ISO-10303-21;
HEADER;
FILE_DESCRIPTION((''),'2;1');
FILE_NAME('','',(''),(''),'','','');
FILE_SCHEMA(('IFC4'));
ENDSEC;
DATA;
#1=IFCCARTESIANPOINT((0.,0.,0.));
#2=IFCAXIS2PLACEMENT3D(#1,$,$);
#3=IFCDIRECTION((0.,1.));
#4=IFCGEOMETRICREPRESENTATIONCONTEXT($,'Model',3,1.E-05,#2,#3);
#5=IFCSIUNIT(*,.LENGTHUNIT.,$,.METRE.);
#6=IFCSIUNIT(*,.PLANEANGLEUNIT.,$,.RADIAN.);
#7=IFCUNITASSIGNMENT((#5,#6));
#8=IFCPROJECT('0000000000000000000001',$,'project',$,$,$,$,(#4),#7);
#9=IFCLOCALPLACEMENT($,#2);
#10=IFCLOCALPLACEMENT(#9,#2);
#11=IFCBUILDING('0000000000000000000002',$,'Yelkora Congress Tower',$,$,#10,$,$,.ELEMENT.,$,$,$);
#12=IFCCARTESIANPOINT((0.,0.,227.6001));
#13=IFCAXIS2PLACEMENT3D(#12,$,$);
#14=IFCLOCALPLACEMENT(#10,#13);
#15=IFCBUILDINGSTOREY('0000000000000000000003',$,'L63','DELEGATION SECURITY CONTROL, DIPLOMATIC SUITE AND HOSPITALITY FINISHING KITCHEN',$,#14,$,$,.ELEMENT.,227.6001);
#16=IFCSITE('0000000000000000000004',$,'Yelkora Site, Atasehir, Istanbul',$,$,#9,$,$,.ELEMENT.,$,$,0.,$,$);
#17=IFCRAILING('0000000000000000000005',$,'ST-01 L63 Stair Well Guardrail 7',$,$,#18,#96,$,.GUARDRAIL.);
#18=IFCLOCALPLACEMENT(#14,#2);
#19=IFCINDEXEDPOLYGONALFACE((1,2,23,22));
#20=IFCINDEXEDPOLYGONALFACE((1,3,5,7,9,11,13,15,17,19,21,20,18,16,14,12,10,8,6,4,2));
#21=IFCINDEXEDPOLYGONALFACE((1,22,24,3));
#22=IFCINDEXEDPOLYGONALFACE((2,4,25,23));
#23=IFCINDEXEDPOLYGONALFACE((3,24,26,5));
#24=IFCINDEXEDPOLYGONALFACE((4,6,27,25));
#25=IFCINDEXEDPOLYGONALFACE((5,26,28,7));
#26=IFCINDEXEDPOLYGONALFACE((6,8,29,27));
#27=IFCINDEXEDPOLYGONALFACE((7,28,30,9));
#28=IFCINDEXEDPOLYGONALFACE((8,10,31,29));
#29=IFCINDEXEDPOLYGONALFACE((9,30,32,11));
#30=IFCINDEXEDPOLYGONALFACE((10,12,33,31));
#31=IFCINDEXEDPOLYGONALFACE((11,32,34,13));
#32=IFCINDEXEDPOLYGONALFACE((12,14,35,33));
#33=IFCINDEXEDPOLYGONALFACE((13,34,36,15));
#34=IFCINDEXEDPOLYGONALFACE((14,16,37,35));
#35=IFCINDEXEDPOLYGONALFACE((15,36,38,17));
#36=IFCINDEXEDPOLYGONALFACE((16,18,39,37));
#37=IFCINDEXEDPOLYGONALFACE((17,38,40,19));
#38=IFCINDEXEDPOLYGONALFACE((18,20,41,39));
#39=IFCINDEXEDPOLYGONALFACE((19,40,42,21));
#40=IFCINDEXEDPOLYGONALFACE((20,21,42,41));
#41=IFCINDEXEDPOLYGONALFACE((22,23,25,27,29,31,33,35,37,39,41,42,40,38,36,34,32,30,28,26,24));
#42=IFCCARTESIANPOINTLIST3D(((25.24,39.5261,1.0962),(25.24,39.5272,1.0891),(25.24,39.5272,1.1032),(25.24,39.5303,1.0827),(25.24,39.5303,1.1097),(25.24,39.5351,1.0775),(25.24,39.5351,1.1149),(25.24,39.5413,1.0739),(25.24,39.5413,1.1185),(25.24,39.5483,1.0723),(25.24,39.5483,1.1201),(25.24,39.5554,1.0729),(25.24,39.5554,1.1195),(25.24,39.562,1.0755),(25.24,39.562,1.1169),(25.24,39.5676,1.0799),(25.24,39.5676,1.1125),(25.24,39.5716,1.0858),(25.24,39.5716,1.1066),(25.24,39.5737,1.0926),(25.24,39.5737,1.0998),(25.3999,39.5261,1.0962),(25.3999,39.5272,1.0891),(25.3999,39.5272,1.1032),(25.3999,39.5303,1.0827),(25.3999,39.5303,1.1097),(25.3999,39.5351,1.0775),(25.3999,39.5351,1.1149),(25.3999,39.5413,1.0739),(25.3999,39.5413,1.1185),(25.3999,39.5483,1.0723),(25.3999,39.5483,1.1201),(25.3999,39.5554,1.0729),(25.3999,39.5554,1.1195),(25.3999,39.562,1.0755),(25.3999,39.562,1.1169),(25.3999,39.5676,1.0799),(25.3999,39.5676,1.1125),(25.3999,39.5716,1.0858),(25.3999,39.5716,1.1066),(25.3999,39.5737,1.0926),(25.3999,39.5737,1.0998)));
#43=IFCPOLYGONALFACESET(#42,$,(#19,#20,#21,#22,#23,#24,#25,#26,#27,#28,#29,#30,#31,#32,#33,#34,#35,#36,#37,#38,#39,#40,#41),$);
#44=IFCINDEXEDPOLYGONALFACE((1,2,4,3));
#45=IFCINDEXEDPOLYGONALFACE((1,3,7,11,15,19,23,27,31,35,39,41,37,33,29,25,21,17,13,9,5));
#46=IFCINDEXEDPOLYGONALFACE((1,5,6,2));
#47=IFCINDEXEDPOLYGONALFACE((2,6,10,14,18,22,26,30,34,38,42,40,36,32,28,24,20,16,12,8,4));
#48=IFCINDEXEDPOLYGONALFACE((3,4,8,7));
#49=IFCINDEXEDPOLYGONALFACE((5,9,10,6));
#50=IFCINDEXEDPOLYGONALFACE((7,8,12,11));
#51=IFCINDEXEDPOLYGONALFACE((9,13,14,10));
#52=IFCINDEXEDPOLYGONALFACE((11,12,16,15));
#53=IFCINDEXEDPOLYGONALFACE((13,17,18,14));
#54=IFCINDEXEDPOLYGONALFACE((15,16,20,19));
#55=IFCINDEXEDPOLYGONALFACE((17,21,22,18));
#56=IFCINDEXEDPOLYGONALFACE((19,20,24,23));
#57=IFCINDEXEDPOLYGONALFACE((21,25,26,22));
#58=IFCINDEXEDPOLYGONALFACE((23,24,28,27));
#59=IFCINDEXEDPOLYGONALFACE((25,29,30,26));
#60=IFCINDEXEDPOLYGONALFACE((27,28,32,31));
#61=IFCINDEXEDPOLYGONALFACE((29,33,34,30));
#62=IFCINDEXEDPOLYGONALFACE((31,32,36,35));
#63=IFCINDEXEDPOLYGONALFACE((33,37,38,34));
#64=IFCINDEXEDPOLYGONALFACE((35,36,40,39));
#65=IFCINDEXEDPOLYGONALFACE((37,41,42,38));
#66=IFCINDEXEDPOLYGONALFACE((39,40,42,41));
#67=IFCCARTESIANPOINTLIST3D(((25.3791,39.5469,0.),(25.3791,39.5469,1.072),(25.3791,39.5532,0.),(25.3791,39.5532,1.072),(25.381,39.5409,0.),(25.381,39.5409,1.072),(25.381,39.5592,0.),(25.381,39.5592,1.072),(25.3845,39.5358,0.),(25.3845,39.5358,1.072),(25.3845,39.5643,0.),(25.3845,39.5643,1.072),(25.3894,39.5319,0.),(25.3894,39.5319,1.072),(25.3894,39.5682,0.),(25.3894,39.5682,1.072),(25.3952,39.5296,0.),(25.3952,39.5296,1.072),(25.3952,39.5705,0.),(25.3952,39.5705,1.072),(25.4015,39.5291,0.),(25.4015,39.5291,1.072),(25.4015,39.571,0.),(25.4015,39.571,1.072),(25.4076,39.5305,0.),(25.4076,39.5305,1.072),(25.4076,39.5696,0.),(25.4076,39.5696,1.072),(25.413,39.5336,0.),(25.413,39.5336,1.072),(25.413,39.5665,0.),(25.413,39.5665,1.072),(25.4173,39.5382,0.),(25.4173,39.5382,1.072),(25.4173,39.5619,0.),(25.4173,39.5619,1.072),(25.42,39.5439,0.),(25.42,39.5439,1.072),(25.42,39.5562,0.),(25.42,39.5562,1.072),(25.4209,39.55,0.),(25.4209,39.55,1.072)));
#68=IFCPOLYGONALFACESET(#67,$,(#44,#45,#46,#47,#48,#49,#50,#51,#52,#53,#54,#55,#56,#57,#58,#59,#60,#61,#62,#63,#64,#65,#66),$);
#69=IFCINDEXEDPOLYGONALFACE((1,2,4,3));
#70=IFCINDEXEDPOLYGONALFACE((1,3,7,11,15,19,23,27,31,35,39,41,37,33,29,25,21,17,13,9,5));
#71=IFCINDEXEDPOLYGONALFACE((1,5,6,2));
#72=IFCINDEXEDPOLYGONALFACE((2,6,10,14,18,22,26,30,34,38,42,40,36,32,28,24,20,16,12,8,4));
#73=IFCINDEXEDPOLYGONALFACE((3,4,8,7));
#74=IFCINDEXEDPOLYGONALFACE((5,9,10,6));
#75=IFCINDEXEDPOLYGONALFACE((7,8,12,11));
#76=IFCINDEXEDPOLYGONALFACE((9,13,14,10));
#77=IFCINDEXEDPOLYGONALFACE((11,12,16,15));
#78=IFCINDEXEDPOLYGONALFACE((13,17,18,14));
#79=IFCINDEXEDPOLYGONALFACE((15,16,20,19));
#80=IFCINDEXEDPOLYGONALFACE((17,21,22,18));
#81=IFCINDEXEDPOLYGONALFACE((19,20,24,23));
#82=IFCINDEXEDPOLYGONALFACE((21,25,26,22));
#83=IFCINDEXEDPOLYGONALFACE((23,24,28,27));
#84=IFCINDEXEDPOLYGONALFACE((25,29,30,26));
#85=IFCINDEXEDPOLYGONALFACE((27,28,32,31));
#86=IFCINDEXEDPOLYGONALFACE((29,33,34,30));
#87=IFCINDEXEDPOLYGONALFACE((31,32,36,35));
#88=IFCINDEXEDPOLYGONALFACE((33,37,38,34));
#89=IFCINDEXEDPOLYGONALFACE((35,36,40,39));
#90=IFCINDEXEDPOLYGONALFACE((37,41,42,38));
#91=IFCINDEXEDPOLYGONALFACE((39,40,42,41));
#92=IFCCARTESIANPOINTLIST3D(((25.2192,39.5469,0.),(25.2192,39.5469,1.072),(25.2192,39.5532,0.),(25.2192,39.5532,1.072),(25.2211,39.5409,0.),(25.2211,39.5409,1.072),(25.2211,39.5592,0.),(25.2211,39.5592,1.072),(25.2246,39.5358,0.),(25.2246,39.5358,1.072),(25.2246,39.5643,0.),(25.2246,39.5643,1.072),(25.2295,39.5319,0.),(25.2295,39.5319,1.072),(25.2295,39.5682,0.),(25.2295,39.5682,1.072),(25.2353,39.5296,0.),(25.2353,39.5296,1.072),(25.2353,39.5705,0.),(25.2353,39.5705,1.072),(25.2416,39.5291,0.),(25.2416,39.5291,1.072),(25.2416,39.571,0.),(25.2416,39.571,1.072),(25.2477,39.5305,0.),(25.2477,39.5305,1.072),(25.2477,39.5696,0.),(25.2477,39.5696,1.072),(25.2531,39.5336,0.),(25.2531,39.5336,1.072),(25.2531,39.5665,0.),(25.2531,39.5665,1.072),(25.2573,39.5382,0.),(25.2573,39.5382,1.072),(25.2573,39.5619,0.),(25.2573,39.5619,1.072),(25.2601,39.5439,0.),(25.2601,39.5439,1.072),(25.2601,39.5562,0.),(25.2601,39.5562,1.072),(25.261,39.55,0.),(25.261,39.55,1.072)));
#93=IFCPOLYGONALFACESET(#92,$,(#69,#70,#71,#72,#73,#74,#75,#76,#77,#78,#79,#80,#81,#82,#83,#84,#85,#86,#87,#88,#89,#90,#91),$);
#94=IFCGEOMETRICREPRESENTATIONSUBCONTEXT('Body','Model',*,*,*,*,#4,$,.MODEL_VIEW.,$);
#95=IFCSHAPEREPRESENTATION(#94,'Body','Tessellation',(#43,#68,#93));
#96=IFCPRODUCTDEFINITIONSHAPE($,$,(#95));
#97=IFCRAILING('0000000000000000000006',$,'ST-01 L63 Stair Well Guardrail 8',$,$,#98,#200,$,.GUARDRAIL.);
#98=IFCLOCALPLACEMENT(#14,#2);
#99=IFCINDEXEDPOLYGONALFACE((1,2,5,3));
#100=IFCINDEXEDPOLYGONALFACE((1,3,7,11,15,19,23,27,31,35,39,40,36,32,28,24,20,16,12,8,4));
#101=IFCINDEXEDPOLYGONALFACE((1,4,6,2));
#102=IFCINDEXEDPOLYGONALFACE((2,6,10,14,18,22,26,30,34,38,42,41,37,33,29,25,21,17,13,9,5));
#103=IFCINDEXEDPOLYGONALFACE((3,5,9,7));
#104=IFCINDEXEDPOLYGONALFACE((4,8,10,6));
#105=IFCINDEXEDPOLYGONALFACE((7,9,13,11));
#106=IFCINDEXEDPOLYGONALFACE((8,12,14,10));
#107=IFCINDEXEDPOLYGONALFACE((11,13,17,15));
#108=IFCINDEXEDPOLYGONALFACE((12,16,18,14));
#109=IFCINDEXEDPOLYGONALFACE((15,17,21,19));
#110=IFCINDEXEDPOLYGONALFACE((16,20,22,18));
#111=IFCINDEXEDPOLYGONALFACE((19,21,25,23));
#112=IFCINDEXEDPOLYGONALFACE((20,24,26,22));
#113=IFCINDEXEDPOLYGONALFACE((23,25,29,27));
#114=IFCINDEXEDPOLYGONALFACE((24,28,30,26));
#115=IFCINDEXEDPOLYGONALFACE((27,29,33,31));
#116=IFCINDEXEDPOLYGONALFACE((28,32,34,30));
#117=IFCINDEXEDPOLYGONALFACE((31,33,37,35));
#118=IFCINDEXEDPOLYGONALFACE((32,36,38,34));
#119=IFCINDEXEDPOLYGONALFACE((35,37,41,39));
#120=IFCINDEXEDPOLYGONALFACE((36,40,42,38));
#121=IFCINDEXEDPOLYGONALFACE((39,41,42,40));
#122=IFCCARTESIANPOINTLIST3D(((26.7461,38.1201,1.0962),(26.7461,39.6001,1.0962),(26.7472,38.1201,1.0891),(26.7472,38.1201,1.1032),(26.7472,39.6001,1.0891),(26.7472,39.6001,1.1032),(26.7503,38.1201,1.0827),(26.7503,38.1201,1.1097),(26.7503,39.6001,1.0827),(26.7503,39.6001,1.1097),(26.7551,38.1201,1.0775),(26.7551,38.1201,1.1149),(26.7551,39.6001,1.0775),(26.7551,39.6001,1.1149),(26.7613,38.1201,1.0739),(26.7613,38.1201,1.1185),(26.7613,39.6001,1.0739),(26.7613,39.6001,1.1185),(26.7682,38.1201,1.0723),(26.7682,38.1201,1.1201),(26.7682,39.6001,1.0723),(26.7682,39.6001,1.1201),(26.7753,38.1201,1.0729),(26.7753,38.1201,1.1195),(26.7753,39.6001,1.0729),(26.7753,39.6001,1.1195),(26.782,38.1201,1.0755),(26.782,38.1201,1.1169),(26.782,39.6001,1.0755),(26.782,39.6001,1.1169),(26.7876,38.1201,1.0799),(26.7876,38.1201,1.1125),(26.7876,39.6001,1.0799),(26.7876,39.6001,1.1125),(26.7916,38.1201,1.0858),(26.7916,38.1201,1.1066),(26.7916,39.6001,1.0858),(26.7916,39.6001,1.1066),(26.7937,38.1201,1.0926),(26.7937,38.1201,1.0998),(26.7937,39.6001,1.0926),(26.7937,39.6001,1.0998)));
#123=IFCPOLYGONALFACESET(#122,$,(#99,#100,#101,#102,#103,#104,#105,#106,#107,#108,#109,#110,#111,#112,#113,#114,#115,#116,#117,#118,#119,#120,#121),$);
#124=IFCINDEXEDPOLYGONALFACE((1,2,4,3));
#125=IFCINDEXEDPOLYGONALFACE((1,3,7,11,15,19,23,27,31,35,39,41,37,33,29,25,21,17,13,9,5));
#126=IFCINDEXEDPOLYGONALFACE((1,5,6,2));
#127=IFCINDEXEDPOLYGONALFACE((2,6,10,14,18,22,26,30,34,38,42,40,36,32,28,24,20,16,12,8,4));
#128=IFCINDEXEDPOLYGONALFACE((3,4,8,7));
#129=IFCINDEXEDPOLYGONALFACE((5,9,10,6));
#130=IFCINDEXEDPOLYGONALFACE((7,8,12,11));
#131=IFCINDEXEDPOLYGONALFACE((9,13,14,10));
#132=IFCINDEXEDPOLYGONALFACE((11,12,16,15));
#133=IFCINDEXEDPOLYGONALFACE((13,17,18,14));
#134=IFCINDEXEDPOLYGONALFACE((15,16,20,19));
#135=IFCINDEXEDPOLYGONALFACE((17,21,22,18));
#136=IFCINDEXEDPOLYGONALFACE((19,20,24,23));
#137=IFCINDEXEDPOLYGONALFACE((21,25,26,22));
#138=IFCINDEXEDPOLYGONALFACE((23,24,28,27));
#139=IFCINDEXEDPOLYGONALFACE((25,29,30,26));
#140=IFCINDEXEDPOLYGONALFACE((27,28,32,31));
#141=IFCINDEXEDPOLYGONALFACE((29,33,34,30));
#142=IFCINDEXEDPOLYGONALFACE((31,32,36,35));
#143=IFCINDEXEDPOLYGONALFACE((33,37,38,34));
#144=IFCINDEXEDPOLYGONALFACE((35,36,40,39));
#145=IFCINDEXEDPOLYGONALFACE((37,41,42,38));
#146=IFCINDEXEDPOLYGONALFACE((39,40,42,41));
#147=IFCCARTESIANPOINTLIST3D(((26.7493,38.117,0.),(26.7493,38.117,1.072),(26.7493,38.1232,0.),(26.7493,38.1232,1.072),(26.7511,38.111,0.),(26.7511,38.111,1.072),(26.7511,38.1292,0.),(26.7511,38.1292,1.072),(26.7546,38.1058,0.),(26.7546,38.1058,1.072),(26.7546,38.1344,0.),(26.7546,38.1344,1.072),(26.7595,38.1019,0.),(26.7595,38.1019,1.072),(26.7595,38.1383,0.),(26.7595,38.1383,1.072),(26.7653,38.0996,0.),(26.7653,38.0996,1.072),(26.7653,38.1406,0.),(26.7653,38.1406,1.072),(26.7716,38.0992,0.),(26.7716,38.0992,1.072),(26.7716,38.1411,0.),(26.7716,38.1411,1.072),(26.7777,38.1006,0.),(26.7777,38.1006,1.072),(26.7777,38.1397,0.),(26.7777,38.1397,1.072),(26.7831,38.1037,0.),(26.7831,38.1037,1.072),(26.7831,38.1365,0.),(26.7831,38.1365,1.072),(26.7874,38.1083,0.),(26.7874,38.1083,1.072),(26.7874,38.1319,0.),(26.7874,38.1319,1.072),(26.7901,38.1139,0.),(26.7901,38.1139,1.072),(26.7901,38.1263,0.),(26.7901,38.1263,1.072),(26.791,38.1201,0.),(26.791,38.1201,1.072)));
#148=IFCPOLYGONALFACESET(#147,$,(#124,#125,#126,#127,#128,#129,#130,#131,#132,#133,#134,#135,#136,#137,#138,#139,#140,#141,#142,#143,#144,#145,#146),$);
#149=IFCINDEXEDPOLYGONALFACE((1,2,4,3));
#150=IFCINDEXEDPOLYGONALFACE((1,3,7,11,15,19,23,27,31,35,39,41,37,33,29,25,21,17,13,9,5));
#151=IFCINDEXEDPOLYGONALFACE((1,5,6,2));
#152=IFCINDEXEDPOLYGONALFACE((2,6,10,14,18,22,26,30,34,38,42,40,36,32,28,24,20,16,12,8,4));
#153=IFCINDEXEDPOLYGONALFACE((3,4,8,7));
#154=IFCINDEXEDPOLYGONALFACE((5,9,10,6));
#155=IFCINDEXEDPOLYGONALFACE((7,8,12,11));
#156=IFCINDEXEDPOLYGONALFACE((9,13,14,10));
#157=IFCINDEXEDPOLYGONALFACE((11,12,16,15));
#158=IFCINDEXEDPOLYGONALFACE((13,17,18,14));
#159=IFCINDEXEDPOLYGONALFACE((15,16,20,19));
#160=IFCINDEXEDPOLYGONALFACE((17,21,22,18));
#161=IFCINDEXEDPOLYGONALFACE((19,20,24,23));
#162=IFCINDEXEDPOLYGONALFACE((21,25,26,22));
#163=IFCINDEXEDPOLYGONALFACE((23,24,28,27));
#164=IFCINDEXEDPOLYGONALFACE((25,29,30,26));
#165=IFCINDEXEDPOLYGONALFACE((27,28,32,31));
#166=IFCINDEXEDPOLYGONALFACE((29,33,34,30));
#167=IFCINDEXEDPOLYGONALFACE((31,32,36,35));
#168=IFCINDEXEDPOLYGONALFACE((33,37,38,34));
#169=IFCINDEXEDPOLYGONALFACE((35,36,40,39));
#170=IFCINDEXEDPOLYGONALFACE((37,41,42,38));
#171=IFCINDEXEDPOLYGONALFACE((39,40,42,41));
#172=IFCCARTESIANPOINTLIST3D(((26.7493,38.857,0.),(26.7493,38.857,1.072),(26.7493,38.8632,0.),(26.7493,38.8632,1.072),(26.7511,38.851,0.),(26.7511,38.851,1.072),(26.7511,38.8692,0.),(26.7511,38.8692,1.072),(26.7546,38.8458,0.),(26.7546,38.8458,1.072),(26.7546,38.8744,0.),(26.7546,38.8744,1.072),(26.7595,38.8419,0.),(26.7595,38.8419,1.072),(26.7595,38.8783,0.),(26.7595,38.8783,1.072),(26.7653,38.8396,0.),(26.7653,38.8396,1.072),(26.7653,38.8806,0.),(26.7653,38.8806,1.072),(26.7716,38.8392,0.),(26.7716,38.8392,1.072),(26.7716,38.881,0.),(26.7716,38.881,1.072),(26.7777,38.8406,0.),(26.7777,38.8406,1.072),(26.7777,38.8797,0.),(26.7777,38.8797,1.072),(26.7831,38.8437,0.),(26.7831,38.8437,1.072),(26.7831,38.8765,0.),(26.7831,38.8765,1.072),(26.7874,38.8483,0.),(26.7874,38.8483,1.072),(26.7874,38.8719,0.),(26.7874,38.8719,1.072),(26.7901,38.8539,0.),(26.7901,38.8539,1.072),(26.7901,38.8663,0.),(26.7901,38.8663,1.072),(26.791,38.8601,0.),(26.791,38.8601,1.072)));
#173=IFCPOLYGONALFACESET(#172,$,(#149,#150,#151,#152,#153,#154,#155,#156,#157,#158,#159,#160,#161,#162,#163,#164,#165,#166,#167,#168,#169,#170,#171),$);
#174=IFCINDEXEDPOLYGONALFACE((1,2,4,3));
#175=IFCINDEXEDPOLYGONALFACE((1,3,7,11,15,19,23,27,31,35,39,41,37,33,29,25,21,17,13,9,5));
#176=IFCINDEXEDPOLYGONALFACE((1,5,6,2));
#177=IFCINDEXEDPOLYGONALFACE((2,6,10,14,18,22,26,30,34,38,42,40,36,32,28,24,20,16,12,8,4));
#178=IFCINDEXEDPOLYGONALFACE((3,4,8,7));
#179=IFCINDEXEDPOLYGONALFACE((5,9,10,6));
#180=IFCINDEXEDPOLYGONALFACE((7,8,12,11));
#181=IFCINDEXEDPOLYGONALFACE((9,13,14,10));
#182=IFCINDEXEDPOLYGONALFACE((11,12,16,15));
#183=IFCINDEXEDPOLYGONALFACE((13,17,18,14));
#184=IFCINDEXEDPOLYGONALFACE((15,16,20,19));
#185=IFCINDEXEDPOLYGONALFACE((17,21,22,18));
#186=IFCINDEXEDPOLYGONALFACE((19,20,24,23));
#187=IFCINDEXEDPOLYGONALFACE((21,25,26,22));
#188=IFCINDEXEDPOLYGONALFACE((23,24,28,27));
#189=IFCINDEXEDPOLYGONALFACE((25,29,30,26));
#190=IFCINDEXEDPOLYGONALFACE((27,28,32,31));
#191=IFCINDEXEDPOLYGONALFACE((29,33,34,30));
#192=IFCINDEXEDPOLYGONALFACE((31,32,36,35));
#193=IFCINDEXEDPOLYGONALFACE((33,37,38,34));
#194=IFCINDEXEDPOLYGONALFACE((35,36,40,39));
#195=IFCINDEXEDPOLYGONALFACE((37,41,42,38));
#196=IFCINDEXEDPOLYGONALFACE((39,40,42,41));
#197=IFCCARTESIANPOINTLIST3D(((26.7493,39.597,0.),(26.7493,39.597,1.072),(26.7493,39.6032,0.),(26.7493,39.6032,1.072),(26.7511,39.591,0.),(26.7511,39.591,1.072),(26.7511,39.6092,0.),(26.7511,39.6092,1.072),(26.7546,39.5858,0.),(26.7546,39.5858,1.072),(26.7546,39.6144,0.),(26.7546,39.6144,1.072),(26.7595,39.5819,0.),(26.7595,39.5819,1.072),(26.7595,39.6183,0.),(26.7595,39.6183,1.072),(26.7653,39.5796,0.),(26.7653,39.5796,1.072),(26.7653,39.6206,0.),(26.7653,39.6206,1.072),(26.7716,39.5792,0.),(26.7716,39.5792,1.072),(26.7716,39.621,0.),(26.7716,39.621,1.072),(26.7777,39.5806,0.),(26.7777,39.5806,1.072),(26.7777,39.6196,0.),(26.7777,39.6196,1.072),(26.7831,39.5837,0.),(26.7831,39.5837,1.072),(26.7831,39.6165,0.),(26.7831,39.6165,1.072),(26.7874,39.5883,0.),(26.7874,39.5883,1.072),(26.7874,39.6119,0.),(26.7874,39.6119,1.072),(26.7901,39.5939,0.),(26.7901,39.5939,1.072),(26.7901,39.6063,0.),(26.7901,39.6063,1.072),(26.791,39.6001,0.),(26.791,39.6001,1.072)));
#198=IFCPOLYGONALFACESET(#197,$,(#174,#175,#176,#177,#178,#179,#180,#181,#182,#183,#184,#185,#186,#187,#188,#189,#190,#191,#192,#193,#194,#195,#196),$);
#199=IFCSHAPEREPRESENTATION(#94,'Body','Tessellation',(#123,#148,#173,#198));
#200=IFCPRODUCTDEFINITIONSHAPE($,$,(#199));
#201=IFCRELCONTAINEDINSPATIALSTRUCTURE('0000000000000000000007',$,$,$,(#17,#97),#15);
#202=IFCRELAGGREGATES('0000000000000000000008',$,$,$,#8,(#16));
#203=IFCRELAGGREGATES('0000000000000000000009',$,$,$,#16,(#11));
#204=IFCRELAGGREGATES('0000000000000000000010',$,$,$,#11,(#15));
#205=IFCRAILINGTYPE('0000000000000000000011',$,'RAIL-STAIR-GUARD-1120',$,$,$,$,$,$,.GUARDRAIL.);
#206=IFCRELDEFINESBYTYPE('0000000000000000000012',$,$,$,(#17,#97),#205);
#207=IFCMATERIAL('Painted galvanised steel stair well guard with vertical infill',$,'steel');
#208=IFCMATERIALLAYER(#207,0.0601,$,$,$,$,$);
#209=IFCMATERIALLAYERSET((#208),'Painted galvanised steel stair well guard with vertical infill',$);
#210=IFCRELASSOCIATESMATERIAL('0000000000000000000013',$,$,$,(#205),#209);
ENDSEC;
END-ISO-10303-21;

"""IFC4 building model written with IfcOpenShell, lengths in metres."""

from ifc_helpers import new_model, si_unit, direction, frame, origin, origin_2d, place, context, subcontext, project, spatial, circle, extrude, material, layer, layer_set, type_object, element, save


model = new_model("IFC4")

# Units and contexts
model_context = context("Model", 3, precision=1e-05, world=origin(), true_north=direction((0.0, 1.0)))
body_context = subcontext(model_context, "Body", "Model", "MODEL_VIEW")
ifc_project = project(units=[si_unit("LENGTHUNIT", "METRE"), si_unit("PLANEANGLEUNIT", "RADIAN")], contexts=[model_context])

# Site, building, storey
site_placement = place(None, origin())
site = spatial("IfcSite", under=ifc_project, at=site_placement, Name="Yelkora Site, Atasehir, Istanbul", CompositionType="ELEMENT", RefElevation=0.0)
building_placement = place(site_placement, origin())
building = spatial("IfcBuilding", under=site, at=building_placement, Name="Yelkora Congress Tower", CompositionType="ELEMENT")
storey_placement = place(building_placement, frame((0.0, 0.0, 227.6001)))
storey = spatial("IfcBuildingStorey", under=building, at=storey_placement, Name="L63", Description="DELEGATION SECURITY CONTROL, DIPLOMATIC SUITE AND HOSPITALITY FINISHING KITCHEN", CompositionType="ELEMENT", Elevation=227.6001)

# Railings
ifc_material_1 = material(Name="Painted galvanised steel stair well guard with vertical infill", Category="steel")
ifc_layer_1 = layer(ifc_material_1, 0.0601)
ifc_layer_set_1 = layer_set([ifc_layer_1], Name="Painted galvanised steel stair well guard with vertical infill")
railing_type_1 = type_object("IfcRailingType", Name="RAIL-STAIR-GUARD-1120", PredefinedType="GUARDRAIL", material=ifc_layer_set_1)
railing_1_placement = place(storey_placement, frame((25.3999, 39.55, 0.0)))
element("IfcRailing", 1, at=railing_1_placement, inside=storey, type_object=railing_type_1, Name="ST-01 L63 Stair Well Guardrail 7", PredefinedType="GUARDRAIL", context=body_context, shape_type="SweptSolid", body=[
    extrude(circle(Radius=0.0239, at=origin_2d()), frame((0.0, 0.0, 1.0962), z_axis=(-1.0, 0.0, 0.0), x_axis=(0.0, -1.0, 0.0)), (0.0, 0.0, 1.0), 0.1599),
    extrude(circle(Radius=0.021, at=origin_2d()), origin(), (0.0, 0.0, 1.0), 1.072),
    extrude(circle(Radius=0.021, at=origin_2d()), frame((-0.1599, 0.0, 0.0)), (0.0, 0.0, 1.0), 1.072),
])
railing_2_placement = place(storey_placement, frame((26.77, 38.1201, 0.0)))
element("IfcRailing", 2, at=railing_2_placement, inside=storey, type_object=railing_type_1, Name="ST-01 L63 Stair Well Guardrail 8", PredefinedType="GUARDRAIL", context=body_context, shape_type="SweptSolid", body=[
    extrude(circle(Radius=0.0239, at=origin_2d()), frame((0.0, 0.0, 1.0962), z_axis=(0.0, 1.0, 0.0), x_axis=(-1.0, 0.0, 0.0)), (0.0, 0.0, 1.0), 1.48),
    extrude(circle(Radius=0.021, at=origin_2d()), origin(), (0.0, 0.0, 1.0), 1.072),
    extrude(circle(Radius=0.021, at=origin_2d()), frame((0.0, 0.74, 0.0)), (0.0, 0.0, 1.0), 1.072),
    extrude(circle(Radius=0.021, at=origin_2d()), frame((0.0, 1.48, 0.0)), (0.0, 0.0, 1.0), 1.072),
])

save(model, "model.ifc")
